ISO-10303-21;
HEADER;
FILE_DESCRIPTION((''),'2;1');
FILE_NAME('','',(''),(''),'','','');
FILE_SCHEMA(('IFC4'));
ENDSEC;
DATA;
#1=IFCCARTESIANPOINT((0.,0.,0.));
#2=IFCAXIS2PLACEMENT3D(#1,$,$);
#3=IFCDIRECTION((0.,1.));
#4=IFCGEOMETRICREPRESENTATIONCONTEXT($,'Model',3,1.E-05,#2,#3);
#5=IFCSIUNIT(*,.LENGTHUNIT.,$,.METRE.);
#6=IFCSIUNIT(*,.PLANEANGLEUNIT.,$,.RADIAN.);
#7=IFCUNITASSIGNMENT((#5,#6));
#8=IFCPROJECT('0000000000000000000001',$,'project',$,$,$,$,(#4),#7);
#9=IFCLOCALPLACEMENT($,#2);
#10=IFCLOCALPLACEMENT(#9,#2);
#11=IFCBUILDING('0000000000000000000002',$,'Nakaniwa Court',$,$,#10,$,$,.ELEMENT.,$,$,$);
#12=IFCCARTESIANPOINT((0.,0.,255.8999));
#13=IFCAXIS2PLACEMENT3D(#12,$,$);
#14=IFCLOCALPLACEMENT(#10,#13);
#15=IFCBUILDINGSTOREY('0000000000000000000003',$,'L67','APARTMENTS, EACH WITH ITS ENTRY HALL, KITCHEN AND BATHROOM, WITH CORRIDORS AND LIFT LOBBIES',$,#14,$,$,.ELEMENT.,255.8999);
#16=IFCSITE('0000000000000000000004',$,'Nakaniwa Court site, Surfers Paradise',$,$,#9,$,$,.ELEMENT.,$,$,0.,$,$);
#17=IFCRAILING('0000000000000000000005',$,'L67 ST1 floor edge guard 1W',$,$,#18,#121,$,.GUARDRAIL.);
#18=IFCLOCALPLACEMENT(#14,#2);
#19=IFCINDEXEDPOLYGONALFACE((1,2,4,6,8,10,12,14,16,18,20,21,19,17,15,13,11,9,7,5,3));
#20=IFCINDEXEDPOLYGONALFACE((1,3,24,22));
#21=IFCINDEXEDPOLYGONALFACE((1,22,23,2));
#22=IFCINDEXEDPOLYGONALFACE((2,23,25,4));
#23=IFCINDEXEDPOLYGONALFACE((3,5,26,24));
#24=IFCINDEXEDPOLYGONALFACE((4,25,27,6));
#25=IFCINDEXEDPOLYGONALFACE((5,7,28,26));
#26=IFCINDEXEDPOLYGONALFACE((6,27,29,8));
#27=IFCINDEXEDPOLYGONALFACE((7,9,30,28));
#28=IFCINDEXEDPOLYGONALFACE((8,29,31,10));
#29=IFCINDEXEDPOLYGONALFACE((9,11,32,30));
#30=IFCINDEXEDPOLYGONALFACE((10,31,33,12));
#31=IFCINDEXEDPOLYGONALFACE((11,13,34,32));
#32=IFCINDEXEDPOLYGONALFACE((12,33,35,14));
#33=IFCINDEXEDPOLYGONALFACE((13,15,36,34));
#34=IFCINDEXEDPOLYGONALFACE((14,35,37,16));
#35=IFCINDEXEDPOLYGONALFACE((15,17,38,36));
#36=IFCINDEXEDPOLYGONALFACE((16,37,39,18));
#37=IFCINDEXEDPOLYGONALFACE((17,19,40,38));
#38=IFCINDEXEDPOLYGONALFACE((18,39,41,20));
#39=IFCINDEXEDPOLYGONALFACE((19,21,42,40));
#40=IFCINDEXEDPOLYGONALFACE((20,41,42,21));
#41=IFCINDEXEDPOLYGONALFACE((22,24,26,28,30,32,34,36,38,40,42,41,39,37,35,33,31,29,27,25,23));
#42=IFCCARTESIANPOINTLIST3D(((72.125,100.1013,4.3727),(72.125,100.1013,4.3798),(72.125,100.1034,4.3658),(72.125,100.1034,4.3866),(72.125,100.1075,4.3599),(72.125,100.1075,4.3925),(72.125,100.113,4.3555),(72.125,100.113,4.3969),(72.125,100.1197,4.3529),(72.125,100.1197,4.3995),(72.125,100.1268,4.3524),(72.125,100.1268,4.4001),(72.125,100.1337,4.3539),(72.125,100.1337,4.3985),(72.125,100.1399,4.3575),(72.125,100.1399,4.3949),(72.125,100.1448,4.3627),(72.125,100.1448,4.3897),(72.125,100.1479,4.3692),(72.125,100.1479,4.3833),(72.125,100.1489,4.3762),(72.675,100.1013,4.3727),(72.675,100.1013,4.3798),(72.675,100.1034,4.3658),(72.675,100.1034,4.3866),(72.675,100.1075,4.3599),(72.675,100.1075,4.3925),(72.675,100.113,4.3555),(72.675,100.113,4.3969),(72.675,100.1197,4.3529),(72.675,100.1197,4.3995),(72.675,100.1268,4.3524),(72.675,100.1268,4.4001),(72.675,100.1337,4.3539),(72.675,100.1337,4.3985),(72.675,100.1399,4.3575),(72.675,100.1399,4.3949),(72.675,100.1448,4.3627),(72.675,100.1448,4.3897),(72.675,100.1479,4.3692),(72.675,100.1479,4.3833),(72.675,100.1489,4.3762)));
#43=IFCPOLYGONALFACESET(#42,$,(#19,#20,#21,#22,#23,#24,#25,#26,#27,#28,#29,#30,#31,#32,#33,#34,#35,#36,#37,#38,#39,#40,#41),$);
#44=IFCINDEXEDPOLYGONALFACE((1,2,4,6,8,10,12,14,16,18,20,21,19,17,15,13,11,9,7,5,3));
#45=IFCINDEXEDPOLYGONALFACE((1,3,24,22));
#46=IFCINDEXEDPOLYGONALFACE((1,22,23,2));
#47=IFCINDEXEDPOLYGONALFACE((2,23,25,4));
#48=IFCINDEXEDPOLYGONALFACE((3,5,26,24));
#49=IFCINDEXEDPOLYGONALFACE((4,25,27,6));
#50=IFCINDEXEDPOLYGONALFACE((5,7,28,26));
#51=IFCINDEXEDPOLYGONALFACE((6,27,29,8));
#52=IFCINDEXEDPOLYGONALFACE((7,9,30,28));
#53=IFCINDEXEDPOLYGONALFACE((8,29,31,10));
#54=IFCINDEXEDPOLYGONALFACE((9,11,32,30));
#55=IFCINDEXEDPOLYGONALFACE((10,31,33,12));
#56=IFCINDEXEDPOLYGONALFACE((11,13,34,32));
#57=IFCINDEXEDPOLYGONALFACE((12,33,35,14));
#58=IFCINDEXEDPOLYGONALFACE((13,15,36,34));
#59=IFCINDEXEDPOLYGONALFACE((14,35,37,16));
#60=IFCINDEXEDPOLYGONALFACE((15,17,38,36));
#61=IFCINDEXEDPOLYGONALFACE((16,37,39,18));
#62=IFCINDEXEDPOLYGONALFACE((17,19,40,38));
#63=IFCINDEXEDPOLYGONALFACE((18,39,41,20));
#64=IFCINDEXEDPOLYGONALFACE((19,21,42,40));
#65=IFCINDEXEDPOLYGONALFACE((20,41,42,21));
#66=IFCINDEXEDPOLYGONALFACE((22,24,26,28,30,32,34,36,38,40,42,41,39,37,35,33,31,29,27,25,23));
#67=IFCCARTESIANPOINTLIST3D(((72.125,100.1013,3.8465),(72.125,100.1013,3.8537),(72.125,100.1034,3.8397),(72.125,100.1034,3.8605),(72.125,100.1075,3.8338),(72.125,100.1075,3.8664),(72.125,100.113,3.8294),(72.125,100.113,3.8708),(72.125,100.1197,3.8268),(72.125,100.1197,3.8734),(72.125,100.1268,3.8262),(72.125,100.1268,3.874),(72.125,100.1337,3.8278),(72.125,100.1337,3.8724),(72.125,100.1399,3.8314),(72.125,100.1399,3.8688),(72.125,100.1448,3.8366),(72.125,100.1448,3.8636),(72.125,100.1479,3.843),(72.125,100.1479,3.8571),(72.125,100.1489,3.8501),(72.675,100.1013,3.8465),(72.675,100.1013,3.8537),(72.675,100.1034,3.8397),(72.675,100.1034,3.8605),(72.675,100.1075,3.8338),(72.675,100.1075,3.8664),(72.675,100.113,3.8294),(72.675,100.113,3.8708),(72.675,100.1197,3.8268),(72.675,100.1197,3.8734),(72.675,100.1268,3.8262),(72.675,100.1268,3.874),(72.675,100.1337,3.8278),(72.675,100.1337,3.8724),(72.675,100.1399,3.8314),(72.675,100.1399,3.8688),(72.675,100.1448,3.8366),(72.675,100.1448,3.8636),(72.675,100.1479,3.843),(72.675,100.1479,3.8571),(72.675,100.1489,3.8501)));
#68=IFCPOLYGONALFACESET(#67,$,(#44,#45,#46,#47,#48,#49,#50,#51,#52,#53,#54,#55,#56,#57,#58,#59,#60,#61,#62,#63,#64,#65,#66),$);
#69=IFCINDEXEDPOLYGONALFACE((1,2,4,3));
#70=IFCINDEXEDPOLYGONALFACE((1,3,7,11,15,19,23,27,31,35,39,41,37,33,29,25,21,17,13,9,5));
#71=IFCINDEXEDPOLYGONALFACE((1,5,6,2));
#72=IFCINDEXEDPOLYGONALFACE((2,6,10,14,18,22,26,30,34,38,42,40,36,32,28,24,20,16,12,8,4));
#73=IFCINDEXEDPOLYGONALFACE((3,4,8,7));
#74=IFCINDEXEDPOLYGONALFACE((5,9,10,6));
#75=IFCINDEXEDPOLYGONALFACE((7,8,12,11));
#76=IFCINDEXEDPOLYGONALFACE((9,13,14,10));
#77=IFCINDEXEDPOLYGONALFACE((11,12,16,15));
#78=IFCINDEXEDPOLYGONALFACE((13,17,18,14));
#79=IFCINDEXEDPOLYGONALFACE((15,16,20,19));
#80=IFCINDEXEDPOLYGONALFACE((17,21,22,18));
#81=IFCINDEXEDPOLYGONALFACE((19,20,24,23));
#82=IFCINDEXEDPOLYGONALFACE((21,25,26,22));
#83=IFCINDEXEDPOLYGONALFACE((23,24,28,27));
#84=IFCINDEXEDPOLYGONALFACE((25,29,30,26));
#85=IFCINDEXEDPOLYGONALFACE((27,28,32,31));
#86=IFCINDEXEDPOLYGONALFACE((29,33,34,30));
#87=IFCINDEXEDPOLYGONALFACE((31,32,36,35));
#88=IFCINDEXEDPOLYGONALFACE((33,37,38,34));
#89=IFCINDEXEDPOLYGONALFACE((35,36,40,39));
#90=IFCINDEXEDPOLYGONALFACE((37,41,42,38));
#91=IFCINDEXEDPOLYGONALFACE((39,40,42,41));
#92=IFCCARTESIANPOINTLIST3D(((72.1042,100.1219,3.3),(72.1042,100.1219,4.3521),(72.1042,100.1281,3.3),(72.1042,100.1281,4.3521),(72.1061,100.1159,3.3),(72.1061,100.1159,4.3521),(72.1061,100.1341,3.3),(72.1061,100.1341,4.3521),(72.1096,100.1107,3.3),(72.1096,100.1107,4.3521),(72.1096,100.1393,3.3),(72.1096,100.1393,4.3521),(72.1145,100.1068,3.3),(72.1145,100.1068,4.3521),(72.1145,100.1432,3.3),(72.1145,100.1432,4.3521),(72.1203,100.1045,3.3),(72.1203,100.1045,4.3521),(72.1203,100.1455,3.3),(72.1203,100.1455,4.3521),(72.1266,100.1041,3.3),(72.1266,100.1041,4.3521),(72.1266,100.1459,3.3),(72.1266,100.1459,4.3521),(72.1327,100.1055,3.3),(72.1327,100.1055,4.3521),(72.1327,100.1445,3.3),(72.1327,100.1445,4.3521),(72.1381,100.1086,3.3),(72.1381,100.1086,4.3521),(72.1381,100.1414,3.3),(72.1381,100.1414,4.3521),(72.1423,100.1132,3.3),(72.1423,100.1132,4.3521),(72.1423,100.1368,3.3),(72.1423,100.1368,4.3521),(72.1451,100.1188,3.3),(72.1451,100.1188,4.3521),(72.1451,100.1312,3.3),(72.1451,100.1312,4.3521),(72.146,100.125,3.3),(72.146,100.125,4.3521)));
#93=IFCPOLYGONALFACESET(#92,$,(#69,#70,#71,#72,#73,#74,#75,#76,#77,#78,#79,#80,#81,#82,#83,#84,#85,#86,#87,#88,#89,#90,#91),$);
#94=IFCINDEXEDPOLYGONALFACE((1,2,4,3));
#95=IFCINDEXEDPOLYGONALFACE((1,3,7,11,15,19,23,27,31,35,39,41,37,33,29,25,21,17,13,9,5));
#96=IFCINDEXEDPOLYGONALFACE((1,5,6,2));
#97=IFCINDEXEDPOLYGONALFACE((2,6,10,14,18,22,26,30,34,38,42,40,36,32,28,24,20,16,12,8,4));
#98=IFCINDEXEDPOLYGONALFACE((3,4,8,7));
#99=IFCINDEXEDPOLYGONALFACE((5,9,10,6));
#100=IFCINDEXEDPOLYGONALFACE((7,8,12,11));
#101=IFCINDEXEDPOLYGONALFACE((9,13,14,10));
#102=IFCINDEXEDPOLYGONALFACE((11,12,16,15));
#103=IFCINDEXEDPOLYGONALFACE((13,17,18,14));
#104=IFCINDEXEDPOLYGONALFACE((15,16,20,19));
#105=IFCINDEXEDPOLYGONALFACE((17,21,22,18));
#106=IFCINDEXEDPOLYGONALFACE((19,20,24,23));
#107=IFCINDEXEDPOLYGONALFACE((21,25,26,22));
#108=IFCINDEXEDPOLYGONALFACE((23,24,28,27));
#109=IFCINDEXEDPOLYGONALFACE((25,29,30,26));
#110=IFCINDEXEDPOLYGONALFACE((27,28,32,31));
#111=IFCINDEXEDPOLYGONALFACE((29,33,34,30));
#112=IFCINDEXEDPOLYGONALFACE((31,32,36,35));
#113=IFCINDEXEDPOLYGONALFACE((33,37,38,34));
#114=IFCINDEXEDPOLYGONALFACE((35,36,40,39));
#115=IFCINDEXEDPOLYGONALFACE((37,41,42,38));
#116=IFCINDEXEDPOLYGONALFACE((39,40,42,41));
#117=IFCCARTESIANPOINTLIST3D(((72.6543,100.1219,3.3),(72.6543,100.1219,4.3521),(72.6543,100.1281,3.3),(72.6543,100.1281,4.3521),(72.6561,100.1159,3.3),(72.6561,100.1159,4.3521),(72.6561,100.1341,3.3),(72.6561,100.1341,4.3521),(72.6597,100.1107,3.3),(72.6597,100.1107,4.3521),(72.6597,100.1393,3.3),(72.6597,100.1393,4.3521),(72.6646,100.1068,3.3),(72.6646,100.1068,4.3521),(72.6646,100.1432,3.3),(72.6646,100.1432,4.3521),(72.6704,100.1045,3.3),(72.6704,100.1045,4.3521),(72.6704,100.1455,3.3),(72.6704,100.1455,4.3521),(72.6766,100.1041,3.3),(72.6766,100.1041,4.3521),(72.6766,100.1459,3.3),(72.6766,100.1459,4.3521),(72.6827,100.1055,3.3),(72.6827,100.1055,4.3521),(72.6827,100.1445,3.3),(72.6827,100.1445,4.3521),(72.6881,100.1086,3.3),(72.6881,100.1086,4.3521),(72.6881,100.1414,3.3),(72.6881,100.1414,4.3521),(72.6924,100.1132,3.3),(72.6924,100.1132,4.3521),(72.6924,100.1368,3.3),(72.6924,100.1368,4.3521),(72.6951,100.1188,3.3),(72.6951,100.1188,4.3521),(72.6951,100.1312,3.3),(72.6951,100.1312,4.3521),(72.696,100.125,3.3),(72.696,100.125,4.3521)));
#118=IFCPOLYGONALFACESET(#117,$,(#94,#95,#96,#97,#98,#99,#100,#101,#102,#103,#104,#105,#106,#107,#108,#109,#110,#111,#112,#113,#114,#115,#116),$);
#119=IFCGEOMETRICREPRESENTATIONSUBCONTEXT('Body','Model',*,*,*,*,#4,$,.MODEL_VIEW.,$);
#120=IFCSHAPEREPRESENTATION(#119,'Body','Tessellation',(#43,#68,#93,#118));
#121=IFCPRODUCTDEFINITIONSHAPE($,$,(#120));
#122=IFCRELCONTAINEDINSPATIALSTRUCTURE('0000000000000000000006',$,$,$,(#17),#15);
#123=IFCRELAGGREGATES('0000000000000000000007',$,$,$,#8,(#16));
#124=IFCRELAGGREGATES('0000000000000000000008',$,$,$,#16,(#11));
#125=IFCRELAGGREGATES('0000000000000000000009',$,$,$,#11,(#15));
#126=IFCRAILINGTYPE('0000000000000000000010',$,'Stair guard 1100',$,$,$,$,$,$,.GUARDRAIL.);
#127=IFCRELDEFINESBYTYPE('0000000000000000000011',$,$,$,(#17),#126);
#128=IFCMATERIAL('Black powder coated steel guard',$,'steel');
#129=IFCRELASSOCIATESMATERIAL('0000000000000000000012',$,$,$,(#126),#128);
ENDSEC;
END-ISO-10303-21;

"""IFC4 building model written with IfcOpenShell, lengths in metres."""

from ifc_helpers import new_model, si_unit, direction, frame, origin, origin_2d, place, context, subcontext, project, spatial, circle, extrude, material, type_object, element, save


model = new_model("IFC4")

# Units and contexts
model_context = context("Model", 3, precision=1e-05, world=origin(), true_north=direction((0.0, 1.0)))
body_context = subcontext(model_context, "Body", "Model", "MODEL_VIEW")
ifc_project = project(units=[si_unit("LENGTHUNIT", "METRE"), si_unit("PLANEANGLEUNIT", "RADIAN")], contexts=[model_context])

# Site, building, storey
site_placement = place(None, origin())
site = spatial("IfcSite", under=ifc_project, at=site_placement, Name="Nakaniwa Court site, Surfers Paradise", CompositionType="ELEMENT", RefElevation=0.0)
building_placement = place(site_placement, origin())
building = spatial("IfcBuilding", under=site, at=building_placement, Name="Nakaniwa Court", CompositionType="ELEMENT")
storey_placement = place(building_placement, frame((0.0, 0.0, 255.8999)))
storey = spatial("IfcBuildingStorey", under=building, at=storey_placement, Name="L67", Description="APARTMENTS, EACH WITH ITS ENTRY HALL, KITCHEN AND BATHROOM, WITH CORRIDORS AND LIFT LOBBIES", CompositionType="ELEMENT", Elevation=255.8999)

# Railing
ifc_material_1 = material(Name="Black powder coated steel guard", Category="steel")
railing_type_1 = type_object("IfcRailingType", Name="Stair guard 1100", PredefinedType="GUARDRAIL", material=ifc_material_1)
for number, where, name in (
    (1, (72.125, 100.125, 3.3), "L67 ST1 floor edge guard 1W"),
):
    element("IfcRailing", number, at=place(storey_placement, frame(where)), inside=storey, type_object=railing_type_1, Name=name, PredefinedType="GUARDRAIL", context=body_context, shape_type="SweptSolid", body=[
        extrude(circle(Radius=0.0239, at=origin_2d()), frame((0.0, 0.0, 1.0762), z_axis=(1.0, 0.0, 0.0), x_axis=(0.0, 1.0, 0.0)), (0.0, 0.0, 1.0), 0.55),
        extrude(circle(Radius=0.0239, at=origin_2d()), frame((0.0, 0.0, 0.55), z_axis=(1.0, 0.0, 0.0), x_axis=(0.0, 1.0, 0.0)), (0.0, 0.0, 1.0), 0.55),
        extrude(circle(Radius=0.021, at=origin_2d()), origin(), (0.0, 0.0, 1.0), 1.052),
        extrude(circle(Radius=0.021, at=origin_2d()), frame((0.55, 0.0, 0.0)), (0.0, 0.0, 1.0), 1.052),
    ])

save(model, "model.ifc")
